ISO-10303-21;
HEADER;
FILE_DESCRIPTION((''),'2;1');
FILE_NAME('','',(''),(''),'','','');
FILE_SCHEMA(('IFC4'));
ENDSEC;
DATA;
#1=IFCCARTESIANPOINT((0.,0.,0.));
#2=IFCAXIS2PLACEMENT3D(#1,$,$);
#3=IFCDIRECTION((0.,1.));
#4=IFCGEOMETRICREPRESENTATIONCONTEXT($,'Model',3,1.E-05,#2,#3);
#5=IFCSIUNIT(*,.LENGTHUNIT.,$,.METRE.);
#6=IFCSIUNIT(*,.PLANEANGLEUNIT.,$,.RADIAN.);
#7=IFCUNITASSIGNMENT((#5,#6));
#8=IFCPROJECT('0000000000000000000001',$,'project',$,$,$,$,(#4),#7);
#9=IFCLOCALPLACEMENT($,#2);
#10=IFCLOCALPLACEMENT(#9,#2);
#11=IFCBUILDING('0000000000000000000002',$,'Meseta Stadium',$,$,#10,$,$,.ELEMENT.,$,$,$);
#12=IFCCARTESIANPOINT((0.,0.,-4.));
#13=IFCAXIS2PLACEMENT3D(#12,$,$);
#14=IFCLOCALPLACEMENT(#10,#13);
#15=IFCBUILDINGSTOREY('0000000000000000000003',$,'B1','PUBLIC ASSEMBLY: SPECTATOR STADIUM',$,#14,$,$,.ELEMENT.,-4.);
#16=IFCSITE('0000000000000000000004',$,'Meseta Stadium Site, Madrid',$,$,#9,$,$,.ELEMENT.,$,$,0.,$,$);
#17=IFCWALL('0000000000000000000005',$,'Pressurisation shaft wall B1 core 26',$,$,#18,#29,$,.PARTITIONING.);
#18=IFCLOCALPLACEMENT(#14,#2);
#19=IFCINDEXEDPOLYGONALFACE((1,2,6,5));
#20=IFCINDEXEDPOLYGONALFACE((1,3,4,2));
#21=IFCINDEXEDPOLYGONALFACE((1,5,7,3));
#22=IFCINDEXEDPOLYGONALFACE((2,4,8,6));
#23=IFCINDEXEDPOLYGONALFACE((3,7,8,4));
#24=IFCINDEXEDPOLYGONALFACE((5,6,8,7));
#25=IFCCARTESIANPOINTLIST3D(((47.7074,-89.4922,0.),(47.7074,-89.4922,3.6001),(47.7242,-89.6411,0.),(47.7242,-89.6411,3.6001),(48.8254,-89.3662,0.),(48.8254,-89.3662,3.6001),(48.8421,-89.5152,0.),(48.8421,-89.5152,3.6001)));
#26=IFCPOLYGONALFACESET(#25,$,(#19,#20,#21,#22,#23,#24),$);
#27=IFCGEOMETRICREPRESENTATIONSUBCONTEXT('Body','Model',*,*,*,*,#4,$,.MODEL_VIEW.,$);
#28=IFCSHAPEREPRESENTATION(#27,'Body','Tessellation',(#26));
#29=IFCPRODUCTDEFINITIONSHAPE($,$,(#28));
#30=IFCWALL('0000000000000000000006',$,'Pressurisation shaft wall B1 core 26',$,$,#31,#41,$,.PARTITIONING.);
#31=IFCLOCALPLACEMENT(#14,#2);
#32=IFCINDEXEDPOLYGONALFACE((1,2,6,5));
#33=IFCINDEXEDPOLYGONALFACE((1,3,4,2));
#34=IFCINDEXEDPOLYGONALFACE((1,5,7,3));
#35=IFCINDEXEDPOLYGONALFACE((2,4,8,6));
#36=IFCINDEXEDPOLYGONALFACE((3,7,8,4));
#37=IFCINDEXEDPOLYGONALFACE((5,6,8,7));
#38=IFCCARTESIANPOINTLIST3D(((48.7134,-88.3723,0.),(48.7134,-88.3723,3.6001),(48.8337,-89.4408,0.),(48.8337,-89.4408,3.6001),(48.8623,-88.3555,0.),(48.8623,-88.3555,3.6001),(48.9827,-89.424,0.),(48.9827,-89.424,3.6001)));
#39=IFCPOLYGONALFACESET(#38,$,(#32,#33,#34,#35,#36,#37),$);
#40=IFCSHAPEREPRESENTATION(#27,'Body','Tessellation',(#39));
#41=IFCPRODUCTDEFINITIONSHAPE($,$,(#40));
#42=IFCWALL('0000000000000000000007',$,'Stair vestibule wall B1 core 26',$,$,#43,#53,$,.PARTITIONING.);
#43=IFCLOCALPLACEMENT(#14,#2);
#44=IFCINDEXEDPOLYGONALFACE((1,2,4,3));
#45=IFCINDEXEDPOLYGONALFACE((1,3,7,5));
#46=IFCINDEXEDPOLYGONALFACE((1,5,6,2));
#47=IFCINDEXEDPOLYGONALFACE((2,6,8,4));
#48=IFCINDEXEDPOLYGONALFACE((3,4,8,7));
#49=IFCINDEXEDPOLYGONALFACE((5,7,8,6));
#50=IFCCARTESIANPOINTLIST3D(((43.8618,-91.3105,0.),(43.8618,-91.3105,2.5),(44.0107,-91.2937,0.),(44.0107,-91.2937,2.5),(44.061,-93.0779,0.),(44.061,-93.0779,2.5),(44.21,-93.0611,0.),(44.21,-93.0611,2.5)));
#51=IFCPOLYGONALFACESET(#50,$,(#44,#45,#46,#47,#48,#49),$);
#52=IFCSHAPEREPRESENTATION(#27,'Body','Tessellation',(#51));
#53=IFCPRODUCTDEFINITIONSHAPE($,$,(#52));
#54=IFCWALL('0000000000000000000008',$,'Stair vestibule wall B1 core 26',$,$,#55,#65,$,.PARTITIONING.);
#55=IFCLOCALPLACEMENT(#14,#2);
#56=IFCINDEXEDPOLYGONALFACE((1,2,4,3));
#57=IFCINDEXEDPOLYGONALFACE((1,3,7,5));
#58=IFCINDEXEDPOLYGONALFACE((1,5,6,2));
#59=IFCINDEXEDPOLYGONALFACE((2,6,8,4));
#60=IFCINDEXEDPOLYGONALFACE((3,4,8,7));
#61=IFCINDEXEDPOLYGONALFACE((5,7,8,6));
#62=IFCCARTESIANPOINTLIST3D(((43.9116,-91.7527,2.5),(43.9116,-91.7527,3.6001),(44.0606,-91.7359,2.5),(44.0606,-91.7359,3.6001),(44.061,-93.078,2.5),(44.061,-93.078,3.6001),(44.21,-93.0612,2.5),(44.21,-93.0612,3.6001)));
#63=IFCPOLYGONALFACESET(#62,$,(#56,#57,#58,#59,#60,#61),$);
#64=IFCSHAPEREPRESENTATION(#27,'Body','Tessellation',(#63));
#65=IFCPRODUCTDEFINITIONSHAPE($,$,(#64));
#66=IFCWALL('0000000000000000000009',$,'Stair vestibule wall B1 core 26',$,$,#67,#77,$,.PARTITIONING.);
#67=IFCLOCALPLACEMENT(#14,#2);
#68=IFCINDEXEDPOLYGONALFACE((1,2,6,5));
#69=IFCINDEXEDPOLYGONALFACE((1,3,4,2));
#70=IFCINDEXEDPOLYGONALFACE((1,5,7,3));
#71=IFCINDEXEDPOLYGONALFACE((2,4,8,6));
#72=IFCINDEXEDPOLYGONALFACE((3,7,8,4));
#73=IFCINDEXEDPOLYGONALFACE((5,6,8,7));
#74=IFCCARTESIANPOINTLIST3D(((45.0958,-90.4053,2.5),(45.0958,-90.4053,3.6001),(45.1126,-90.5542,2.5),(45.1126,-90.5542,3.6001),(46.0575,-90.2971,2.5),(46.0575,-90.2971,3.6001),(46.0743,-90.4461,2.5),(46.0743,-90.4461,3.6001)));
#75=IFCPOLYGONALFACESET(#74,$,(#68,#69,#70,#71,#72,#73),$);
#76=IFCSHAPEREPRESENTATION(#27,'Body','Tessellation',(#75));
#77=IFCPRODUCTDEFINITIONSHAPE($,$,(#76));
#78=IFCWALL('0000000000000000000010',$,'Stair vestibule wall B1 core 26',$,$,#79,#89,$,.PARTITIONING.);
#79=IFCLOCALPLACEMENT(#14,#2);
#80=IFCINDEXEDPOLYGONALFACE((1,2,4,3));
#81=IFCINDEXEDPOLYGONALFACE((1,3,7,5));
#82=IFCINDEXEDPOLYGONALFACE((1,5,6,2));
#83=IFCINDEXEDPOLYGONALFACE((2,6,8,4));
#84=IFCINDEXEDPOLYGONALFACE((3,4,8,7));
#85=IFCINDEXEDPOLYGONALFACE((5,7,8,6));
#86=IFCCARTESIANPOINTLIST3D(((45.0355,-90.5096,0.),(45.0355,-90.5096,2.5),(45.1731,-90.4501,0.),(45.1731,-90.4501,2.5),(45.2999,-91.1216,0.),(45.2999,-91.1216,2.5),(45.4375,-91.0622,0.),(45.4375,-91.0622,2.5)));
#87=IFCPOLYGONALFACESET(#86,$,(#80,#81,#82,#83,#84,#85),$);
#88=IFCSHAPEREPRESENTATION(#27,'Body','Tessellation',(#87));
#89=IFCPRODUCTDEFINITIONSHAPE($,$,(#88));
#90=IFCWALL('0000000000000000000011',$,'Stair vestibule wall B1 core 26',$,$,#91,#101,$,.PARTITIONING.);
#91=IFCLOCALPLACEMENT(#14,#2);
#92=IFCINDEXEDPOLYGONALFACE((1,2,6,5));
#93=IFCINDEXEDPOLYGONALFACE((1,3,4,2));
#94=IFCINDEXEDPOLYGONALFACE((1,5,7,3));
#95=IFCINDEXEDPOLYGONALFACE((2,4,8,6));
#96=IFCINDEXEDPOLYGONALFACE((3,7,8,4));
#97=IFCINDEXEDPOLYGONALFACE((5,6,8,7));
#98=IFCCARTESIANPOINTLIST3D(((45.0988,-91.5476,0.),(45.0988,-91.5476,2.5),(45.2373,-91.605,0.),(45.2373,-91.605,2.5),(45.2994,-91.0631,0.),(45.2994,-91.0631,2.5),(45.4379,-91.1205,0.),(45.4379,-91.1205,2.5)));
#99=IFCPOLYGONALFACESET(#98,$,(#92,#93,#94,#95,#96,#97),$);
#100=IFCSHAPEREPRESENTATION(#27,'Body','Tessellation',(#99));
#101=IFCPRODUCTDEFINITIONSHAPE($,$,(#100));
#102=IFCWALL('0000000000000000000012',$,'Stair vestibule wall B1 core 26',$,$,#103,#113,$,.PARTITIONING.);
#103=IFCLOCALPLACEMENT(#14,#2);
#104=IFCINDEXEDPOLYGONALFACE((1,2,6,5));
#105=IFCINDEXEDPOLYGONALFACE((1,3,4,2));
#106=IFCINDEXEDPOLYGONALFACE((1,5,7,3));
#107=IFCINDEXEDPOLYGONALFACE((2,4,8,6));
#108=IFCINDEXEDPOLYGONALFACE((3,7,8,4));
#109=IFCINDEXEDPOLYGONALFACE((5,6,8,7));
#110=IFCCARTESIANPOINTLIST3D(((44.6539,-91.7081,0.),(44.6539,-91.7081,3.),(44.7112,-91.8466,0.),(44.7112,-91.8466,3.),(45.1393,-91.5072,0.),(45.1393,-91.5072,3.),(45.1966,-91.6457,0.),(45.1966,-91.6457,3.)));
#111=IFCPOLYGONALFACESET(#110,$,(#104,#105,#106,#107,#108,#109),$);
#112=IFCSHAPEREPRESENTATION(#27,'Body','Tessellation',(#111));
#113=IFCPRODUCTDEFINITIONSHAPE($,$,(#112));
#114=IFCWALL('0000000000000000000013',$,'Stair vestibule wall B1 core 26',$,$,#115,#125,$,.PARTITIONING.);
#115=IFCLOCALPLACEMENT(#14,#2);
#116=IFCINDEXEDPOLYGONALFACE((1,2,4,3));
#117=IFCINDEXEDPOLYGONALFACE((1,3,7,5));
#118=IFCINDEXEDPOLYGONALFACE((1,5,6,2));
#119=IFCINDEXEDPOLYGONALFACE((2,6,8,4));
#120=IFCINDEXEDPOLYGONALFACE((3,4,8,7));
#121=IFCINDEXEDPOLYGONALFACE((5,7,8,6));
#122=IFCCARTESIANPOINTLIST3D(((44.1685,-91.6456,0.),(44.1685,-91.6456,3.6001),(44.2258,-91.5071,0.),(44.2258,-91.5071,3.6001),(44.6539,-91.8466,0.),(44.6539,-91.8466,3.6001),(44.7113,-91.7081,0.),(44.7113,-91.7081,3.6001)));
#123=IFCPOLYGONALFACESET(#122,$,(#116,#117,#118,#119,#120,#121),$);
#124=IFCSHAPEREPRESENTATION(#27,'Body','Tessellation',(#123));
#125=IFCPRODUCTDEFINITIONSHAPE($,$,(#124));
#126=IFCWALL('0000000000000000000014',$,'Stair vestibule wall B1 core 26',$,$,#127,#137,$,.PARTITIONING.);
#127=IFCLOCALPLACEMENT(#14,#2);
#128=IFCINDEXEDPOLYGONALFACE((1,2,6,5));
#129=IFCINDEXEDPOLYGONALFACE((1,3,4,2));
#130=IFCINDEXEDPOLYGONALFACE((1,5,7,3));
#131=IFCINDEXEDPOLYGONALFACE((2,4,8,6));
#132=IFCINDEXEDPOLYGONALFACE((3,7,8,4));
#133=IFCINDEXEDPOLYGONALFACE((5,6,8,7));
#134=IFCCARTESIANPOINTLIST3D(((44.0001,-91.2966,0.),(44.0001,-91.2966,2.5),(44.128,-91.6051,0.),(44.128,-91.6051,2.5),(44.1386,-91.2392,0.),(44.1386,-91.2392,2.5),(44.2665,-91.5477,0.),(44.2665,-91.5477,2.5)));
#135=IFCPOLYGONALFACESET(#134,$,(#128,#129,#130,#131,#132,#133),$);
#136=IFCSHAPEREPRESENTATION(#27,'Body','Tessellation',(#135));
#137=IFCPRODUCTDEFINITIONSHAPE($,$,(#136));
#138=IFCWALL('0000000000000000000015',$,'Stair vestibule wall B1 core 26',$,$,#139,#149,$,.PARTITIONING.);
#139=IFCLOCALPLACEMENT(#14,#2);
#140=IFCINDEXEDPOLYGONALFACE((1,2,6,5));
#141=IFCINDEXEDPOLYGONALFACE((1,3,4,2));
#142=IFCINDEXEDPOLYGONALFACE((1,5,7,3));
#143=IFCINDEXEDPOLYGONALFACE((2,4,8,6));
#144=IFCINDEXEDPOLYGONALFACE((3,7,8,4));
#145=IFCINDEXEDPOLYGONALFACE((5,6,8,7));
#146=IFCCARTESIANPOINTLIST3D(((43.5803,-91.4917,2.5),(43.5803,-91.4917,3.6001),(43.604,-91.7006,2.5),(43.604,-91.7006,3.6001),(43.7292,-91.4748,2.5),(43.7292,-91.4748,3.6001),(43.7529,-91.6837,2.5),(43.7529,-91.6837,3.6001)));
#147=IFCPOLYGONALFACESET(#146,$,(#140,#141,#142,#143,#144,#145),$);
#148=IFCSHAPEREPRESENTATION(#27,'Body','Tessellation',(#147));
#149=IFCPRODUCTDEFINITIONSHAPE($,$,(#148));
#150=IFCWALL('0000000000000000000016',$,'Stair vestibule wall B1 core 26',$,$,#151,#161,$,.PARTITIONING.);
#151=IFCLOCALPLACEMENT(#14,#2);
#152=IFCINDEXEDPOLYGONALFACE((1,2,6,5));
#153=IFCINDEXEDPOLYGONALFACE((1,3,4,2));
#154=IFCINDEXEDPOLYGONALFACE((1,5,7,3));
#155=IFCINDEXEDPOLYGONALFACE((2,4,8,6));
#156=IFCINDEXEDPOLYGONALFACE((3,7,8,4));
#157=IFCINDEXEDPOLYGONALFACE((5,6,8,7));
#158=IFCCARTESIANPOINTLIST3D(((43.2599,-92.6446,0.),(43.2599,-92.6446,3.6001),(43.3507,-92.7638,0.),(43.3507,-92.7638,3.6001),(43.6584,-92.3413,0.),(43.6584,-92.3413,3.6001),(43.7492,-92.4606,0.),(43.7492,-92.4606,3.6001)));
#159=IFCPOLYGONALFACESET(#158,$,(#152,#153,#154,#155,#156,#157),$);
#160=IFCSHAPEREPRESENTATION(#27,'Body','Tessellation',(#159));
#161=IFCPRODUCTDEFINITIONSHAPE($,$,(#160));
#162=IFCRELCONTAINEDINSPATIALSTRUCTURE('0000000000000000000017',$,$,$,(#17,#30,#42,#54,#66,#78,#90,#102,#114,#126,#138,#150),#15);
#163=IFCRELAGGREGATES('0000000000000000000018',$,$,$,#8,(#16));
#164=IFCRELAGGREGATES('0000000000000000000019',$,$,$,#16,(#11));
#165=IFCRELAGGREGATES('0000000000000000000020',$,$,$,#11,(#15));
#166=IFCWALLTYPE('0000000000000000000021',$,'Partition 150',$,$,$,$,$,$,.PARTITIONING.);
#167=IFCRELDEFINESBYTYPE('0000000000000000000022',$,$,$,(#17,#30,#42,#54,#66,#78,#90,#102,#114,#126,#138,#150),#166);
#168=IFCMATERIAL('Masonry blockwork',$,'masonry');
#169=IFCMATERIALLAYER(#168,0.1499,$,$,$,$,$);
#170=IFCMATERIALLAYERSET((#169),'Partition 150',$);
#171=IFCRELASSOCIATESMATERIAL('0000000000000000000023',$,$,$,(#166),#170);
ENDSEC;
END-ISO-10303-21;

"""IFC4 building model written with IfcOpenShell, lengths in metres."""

from ifc_helpers import new_model, si_unit, direction, frame, frame_2d, origin, place, context, subcontext, project, spatial, rectangle, extrude, material, layer, layer_set, type_object, element, save


model = new_model("IFC4")

# Units and contexts
model_context = context("Model", 3, precision=1e-05, world=origin(), true_north=direction((0.0, 1.0)))
body_context = subcontext(model_context, "Body", "Model", "MODEL_VIEW")
ifc_project = project(units=[si_unit("LENGTHUNIT", "METRE"), si_unit("PLANEANGLEUNIT", "RADIAN")], contexts=[model_context])

# Site, building, storey
site_placement = place(None, origin())
site = spatial("IfcSite", under=ifc_project, at=site_placement, Name="Meseta Stadium Site, Madrid", CompositionType="ELEMENT", RefElevation=0.0)
building_placement = place(site_placement, origin())
building = spatial("IfcBuilding", under=site, at=building_placement, Name="Meseta Stadium", CompositionType="ELEMENT")
storey_placement = place(building_placement, frame((0.0, 0.0, -4.0)))
storey = spatial("IfcBuildingStorey", under=building, at=storey_placement, Name="B1", Description="PUBLIC ASSEMBLY: SPECTATOR STADIUM", CompositionType="ELEMENT", Elevation=-4.0)

# Walls
ifc_material_1 = material(Name="Masonry blockwork", Category="masonry")
ifc_layer_1 = layer(ifc_material_1, 0.1499)
ifc_layer_set_1 = layer_set([ifc_layer_1], Name="Partition 150")
wall_type_1 = type_object("IfcWallType", Name="Partition 150", PredefinedType="PARTITIONING", material=ifc_layer_set_1)
wall_1_placement = place(storey_placement, frame((47.7158, -89.5667, 0.0), z_axis=(0.0, 0.0, 1.0), x_axis=(0.993711, 0.11198, 0.0)))
element("IfcWall", 1, at=wall_1_placement, inside=storey, type_object=wall_type_1, Name="Pressurisation shaft wall B1 core 26", PredefinedType="PARTITIONING", context=body_context, shape_type="SweptSolid", body=[
    extrude(rectangle(XDim=1.125, YDim=0.1499, at=frame_2d((0.5625, 0.0))), origin(), (0.0, 0.0, 1.0), 3.6001),
])
wall_2_placement = place(storey_placement, frame((48.9082, -89.4324, 0.0), z_axis=(0.0, 0.0, 1.0), x_axis=(-0.111952, 0.993714, 0.0)))
element("IfcWall", 2, at=wall_2_placement, inside=storey, type_object=wall_type_1, Name="Pressurisation shaft wall B1 core 26", PredefinedType="PARTITIONING", context=body_context, shape_type="SweptSolid", body=[
    extrude(rectangle(XDim=1.0752, YDim=0.1499, at=frame_2d((0.5376, 0.0))), origin(), (0.0, 0.0, 1.0), 3.6001),
])
wall_3_placement = place(storey_placement, frame((43.9363, -91.3022, 0.0), z_axis=(0.0, 0.0, 1.0), x_axis=(0.112013, -0.993707, 0.0)))
element("IfcWall", 3, at=wall_3_placement, inside=storey, type_object=wall_type_1, Name="Stair vestibule wall B1 core 26", PredefinedType="PARTITIONING", context=body_context, shape_type="SweptSolid", body=[
    extrude(rectangle(XDim=1.7786, YDim=0.1499, at=frame_2d((0.8892, 0.0))), origin(), (0.0, 0.0, 1.0), 2.5),
])
wall_4_placement = place(storey_placement, frame((43.9861, -91.7441, 2.5), z_axis=(0.0, 0.0, 1.0), x_axis=(0.112018, -0.993706, 0.0)))
element("IfcWall", 4, at=wall_4_placement, inside=storey, type_object=wall_type_1, Name="Stair vestibule wall B1 core 26", PredefinedType="PARTITIONING", context=body_context, shape_type="SweptSolid", body=[
    extrude(rectangle(XDim=1.3337, YDim=0.1499, at=frame_2d((0.667, 0.0))), origin(), (0.0, 0.0, 1.0), 1.1001),
])
wall_5_placement = place(storey_placement, frame((46.0659, -90.3716, 2.5), z_axis=(0.0, 0.0, 1.0), x_axis=(-0.993735, -0.111761, 0.0)))
element("IfcWall", 5, at=wall_5_placement, inside=storey, type_object=wall_type_1, Name="Stair vestibule wall B1 core 26", PredefinedType="PARTITIONING", context=body_context, shape_type="SweptSolid", body=[
    extrude(rectangle(XDim=0.9678, YDim=0.1499, at=frame_2d((0.4839, 0.0))), origin(), (0.0, 0.0, 1.0), 1.1001),
])
wall_6_placement = place(storey_placement, frame((45.1042, -90.4797, 0.0), z_axis=(0.0, 0.0, 1.0), x_axis=(0.396569, -0.918005, 0.0)))
element("IfcWall", 6, at=wall_6_placement, inside=storey, type_object=wall_type_1, Name="Stair vestibule wall B1 core 26", PredefinedType="PARTITIONING", context=body_context, shape_type="SweptSolid", body=[
    extrude(rectangle(XDim=0.6667, YDim=0.1499, at=frame_2d((0.3335, 0.0))), origin(), (0.0, 0.0, 1.0), 2.5),
])
wall_7_placement = place(storey_placement, frame((45.3687, -91.0918, 0.0), z_axis=(0.0, 0.0, 1.0), x_axis=(-0.382598, -0.923915, 0.0)))
element("IfcWall", 7, at=wall_7_placement, inside=storey, type_object=wall_type_1, Name="Stair vestibule wall B1 core 26", PredefinedType="PARTITIONING", context=body_context, shape_type="SweptSolid", body=[
    extrude(rectangle(XDim=0.5244, YDim=0.1499, at=frame_2d((0.2622, 0.0))), origin(), (0.0, 0.0, 1.0), 2.5),
])
wall_8_placement = place(storey_placement, frame((45.168, -91.5764, 0.0), z_axis=(0.0, 0.0, 1.0), x_axis=(-0.923955, -0.382502, 0.0)))
element("IfcWall", 8, at=wall_8_placement, inside=storey, type_object=wall_type_1, Name="Stair vestibule wall B1 core 26", PredefinedType="PARTITIONING", context=body_context, shape_type="SweptSolid", body=[
    extrude(rectangle(XDim=0.5254, YDim=0.1499, at=frame_2d((0.2627, 0.0))), origin(), (0.0, 0.0, 1.0), 3.0),
])
wall_9_placement = place(storey_placement, frame((44.6826, -91.7773, 0.0), z_axis=(0.0, 0.0, 1.0), x_axis=(-0.923955, 0.382502, 0.0)))
element("IfcWall", 9, at=wall_9_placement, inside=storey, type_object=wall_type_1, Name="Stair vestibule wall B1 core 26", PredefinedType="PARTITIONING", context=body_context, shape_type="SweptSolid", body=[
    extrude(rectangle(XDim=0.5254, YDim=0.1499, at=frame_2d((0.2627, 0.0))), origin(), (0.0, 0.0, 1.0), 3.6001),
])
wall_10_placement = place(storey_placement, frame((44.1973, -91.5764, 0.0), z_axis=(0.0, 0.0, 1.0), x_axis=(-0.382954, 0.923767, 0.0)))
element("IfcWall", 10, at=wall_10_placement, inside=storey, type_object=wall_type_1, Name="Stair vestibule wall B1 core 26", PredefinedType="PARTITIONING", context=body_context, shape_type="SweptSolid", body=[
    extrude(rectangle(XDim=0.334, YDim=0.1499, at=frame_2d((0.167, 0.0))), origin(), (0.0, 0.0, 1.0), 2.5),
])
wall_11_placement = place(storey_placement, frame((43.6548, -91.4834, 2.5), z_axis=(0.0, 0.0, 1.0), x_axis=(0.112597, -0.993641, 0.0)))
element("IfcWall", 11, at=wall_11_placement, inside=storey, type_object=wall_type_1, Name="Stair vestibule wall B1 core 26", PredefinedType="PARTITIONING", context=body_context, shape_type="SweptSolid", body=[
    extrude(rectangle(XDim=0.2102, YDim=0.1499, at=frame_2d((0.105, 0.0))), origin(), (0.0, 0.0, 1.0), 1.1001),
])
wall_12_placement = place(storey_placement, frame((43.7039, -92.4009, 0.0), z_axis=(0.0, 0.0, 1.0), x_axis=(-0.795767, -0.605602, 0.0)))
element("IfcWall", 12, at=wall_12_placement, inside=storey, type_object=wall_type_1, Name="Stair vestibule wall B1 core 26", PredefinedType="PARTITIONING", context=body_context, shape_type="SweptSolid", body=[
    extrude(rectangle(XDim=0.5007, YDim=0.1499, at=frame_2d((0.2505, 0.0))), origin(), (0.0, 0.0, 1.0), 3.6001),
])

save(model, "model.ifc")
